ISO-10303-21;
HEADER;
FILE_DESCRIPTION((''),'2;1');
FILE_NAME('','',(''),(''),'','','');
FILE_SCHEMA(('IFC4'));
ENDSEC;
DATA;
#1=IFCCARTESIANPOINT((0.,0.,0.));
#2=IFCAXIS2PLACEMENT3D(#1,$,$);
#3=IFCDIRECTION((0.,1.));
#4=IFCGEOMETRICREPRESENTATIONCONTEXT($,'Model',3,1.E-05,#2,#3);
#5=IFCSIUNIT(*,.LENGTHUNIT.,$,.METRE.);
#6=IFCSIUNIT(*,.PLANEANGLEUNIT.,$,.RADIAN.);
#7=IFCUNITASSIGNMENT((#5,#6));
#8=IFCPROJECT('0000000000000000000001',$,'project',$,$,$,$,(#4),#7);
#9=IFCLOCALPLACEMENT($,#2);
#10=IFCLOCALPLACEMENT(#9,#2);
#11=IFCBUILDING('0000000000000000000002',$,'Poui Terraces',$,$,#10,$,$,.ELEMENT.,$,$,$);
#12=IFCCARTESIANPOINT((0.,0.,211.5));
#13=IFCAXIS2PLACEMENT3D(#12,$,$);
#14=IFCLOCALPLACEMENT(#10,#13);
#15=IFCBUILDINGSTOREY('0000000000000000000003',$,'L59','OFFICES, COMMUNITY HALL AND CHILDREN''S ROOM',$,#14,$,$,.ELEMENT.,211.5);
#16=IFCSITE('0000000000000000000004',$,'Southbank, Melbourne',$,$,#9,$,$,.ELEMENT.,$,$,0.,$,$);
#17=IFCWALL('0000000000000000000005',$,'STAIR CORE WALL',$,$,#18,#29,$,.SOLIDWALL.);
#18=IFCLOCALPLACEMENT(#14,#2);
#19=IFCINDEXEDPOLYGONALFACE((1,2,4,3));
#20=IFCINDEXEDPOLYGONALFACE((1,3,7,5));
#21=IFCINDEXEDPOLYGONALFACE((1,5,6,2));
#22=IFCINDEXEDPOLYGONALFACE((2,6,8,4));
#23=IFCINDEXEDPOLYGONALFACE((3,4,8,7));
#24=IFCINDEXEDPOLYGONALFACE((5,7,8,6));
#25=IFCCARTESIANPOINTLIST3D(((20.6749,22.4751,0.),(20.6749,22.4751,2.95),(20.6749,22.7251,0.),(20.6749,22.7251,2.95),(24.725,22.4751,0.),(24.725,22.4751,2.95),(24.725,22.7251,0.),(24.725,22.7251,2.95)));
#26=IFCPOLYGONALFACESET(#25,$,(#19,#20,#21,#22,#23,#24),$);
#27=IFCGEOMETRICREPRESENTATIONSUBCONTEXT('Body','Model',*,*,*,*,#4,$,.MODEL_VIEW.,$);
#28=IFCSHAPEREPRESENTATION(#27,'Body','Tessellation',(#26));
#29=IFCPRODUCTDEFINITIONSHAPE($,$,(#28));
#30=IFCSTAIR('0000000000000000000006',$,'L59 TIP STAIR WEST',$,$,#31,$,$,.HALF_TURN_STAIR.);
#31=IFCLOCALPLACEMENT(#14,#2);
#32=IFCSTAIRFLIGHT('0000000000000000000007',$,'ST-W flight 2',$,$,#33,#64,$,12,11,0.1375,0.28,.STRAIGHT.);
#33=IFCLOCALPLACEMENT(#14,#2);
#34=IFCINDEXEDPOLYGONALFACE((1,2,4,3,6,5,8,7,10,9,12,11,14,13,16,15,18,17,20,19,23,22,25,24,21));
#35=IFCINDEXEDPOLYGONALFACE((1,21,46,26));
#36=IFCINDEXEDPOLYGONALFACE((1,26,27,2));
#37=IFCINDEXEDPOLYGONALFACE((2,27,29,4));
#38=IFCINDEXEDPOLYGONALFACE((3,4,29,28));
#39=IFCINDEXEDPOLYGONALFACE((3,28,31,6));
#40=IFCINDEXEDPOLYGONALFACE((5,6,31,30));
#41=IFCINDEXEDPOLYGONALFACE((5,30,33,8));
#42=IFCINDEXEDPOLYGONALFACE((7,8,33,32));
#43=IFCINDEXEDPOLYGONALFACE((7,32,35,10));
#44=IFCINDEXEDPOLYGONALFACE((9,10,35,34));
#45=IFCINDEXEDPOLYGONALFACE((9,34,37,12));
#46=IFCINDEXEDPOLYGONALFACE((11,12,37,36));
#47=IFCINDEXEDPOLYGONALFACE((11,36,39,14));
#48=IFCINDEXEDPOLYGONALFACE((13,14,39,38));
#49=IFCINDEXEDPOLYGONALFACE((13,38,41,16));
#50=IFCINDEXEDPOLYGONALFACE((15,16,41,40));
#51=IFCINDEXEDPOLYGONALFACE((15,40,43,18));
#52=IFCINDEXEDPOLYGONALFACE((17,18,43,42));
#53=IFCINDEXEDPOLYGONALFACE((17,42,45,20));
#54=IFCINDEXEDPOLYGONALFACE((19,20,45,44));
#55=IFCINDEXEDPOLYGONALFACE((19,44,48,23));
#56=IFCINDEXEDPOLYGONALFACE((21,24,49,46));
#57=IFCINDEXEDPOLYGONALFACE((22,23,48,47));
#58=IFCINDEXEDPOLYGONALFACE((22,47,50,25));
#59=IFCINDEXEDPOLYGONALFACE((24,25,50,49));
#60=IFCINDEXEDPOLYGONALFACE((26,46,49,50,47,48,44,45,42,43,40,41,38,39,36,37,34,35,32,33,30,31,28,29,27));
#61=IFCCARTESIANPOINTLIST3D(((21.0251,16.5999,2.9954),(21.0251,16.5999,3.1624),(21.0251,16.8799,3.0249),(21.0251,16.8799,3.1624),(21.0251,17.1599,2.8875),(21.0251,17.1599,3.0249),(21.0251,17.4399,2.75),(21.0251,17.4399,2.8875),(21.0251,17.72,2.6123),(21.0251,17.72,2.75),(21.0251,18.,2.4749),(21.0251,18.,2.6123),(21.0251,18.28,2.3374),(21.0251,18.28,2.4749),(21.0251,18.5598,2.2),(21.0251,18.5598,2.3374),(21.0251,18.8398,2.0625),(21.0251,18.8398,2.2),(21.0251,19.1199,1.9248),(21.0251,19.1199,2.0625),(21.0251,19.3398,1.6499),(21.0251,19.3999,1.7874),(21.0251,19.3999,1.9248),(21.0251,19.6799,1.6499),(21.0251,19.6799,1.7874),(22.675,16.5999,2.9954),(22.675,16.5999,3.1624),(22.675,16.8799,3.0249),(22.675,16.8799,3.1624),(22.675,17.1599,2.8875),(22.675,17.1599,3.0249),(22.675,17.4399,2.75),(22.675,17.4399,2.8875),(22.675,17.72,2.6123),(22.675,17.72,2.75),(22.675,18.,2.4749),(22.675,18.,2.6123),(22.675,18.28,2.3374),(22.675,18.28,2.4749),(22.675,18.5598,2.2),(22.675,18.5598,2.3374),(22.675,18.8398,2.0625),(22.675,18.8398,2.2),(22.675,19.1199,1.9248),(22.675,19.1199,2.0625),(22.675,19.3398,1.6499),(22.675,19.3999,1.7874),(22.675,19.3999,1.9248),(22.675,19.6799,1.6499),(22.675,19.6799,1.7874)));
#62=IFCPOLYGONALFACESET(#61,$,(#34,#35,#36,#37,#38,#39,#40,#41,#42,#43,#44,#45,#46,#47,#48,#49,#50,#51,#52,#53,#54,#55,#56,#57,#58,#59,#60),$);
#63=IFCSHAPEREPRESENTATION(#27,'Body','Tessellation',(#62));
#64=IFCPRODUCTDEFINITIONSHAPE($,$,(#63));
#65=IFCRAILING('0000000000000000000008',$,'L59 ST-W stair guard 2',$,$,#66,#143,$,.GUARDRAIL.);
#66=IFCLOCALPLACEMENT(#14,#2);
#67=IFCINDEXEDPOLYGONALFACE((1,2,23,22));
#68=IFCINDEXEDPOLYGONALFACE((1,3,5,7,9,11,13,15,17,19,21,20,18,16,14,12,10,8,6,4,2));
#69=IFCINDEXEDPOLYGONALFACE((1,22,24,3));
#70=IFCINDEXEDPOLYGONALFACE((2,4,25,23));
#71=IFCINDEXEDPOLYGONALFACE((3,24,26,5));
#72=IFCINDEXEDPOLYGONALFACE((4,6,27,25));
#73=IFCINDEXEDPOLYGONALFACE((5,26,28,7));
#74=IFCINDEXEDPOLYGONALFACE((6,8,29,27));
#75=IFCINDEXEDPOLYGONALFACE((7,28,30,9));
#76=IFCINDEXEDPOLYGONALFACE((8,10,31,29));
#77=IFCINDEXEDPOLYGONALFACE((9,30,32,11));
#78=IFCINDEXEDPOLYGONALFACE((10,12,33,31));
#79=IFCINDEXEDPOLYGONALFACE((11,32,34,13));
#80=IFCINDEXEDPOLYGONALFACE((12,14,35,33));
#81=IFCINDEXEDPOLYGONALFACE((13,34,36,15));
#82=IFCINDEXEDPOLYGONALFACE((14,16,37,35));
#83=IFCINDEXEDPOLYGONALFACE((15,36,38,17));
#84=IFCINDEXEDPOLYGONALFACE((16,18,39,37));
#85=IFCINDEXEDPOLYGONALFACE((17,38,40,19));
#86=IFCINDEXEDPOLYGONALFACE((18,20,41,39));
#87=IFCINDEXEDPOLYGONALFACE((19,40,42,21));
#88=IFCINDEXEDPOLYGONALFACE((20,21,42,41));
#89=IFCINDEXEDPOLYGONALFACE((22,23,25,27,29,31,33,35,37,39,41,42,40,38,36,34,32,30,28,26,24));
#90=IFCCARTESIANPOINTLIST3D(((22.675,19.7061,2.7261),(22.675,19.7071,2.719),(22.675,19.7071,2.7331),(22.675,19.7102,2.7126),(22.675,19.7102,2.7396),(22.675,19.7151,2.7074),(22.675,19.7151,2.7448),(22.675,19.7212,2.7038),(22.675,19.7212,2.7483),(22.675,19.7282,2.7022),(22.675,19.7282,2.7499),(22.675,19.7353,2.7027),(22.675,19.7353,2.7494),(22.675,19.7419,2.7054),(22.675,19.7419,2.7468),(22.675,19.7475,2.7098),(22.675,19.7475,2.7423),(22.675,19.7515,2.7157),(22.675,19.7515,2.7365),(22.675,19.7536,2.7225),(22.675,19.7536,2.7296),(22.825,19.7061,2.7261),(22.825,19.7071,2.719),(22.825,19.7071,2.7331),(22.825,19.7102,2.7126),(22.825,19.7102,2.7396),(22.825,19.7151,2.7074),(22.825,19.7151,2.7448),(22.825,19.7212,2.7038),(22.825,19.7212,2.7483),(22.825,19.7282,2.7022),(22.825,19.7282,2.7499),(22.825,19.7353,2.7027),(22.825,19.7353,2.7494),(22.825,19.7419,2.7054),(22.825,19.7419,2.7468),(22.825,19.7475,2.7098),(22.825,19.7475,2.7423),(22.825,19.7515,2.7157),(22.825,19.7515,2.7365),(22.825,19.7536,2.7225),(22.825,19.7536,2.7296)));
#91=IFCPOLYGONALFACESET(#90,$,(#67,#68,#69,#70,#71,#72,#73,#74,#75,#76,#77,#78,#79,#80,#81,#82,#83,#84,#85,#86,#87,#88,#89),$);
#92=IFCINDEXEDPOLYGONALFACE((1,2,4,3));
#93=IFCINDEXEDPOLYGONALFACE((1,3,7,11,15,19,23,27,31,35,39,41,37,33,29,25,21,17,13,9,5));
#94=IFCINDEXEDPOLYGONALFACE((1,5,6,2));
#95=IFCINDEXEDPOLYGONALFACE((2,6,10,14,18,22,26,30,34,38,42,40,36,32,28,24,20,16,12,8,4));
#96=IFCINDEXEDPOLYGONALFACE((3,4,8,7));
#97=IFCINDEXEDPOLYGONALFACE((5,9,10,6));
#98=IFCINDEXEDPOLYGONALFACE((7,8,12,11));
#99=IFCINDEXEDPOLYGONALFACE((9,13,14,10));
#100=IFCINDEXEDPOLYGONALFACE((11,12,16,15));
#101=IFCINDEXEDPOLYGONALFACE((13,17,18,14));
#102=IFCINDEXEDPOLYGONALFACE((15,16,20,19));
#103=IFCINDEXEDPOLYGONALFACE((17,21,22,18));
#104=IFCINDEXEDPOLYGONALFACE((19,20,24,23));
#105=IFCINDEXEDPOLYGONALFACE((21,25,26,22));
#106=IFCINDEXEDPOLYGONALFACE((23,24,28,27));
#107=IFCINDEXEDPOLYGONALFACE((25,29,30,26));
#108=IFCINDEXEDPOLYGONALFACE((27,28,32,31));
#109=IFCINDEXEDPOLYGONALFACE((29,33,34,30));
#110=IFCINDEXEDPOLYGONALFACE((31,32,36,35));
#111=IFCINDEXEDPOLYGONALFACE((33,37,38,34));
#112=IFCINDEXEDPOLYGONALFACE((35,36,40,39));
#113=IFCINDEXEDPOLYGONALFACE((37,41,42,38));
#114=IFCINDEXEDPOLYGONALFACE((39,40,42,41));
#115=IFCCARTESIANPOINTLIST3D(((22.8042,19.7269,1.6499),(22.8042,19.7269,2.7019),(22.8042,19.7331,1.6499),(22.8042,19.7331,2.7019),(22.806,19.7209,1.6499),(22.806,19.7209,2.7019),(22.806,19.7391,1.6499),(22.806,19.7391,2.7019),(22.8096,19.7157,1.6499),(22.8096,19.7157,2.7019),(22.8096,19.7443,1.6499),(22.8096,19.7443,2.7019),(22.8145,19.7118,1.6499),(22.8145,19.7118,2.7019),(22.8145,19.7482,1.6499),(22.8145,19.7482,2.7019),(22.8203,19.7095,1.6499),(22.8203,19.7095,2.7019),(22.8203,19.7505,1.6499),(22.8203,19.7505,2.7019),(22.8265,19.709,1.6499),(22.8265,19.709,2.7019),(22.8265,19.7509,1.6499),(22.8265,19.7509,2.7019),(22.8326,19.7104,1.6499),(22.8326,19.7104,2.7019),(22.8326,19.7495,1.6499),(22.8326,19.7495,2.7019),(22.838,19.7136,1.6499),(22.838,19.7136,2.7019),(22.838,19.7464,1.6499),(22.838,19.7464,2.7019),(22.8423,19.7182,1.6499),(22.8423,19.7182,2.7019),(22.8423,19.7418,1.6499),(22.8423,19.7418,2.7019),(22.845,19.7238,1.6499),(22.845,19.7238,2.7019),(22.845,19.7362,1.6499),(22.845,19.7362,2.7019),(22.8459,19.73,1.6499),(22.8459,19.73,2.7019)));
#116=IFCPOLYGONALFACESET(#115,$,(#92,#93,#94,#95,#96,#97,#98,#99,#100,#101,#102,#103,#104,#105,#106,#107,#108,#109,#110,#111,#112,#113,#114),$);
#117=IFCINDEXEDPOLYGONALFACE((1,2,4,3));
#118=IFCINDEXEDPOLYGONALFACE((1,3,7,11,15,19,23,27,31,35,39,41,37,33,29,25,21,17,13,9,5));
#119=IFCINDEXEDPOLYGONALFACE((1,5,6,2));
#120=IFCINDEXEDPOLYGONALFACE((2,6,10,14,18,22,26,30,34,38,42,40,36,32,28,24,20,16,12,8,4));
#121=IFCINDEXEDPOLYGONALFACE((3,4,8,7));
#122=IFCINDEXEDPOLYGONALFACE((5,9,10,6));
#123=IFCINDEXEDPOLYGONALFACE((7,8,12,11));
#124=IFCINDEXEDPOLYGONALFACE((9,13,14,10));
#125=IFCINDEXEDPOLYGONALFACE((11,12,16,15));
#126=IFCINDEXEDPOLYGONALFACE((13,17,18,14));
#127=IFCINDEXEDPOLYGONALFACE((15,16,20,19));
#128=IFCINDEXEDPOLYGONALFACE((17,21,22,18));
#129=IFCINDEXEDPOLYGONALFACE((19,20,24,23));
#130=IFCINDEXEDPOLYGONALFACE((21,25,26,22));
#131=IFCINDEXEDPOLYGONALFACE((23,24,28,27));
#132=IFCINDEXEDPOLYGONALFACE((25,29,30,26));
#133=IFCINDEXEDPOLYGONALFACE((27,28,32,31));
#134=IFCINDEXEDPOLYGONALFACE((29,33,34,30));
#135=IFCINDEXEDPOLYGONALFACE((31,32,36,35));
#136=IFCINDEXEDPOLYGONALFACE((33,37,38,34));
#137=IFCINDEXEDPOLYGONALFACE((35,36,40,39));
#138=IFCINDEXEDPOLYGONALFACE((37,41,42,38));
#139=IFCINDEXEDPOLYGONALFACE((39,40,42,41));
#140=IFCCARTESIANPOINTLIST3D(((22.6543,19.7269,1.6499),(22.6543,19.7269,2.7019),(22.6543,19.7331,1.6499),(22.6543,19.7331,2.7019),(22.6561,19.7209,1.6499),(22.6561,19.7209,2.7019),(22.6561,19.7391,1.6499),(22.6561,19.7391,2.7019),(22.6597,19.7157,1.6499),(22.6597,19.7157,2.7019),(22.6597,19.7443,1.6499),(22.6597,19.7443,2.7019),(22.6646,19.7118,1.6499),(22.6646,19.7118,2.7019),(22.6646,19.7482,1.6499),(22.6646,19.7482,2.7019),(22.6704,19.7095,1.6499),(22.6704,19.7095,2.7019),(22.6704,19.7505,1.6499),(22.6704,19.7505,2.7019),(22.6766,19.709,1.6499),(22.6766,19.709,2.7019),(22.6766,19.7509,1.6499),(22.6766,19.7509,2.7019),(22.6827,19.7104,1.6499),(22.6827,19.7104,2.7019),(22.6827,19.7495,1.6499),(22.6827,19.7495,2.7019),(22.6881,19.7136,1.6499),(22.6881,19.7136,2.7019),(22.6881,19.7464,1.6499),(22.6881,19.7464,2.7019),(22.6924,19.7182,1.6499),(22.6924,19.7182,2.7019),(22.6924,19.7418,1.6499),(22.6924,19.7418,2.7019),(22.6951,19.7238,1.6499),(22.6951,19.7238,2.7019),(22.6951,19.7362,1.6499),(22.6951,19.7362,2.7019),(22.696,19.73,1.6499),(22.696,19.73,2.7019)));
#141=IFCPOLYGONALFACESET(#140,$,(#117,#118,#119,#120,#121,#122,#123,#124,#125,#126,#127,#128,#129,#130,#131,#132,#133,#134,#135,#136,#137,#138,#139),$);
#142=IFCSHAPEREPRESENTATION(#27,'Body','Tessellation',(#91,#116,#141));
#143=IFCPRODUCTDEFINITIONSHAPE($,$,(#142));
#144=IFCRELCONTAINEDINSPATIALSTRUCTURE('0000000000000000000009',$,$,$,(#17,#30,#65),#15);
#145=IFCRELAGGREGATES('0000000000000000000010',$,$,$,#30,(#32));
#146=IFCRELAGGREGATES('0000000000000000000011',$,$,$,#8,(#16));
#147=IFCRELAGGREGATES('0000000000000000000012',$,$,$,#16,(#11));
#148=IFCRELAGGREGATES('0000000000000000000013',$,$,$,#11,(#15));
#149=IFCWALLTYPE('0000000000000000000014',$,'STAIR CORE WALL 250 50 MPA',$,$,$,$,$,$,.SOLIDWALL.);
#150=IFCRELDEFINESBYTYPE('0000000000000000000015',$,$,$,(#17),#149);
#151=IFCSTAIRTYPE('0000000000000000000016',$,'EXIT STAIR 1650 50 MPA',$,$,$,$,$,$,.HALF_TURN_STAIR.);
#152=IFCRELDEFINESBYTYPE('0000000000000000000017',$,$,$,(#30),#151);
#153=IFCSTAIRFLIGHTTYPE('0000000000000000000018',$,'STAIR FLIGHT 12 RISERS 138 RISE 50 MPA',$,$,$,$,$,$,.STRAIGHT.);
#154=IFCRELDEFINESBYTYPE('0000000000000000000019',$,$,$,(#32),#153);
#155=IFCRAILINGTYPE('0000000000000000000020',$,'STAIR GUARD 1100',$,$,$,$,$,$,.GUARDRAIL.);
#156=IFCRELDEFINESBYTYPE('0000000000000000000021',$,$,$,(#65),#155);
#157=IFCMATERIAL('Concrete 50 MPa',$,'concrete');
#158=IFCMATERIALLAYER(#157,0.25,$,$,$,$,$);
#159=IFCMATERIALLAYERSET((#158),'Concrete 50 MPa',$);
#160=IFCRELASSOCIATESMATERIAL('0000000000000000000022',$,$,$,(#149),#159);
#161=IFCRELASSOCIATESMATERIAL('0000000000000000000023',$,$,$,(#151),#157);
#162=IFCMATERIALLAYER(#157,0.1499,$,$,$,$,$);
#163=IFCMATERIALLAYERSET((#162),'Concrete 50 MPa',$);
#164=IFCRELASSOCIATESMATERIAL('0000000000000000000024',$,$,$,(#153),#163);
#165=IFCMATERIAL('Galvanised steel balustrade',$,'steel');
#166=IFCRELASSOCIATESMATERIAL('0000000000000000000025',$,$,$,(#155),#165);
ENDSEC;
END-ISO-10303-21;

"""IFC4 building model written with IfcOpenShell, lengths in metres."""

from ifc_helpers import new_model, si_unit, direction, frame, frame_2d, origin, origin_2d, place, context, subcontext, project, spatial, polyline, rectangle, circle, outline, extrude, material, layer, layer_set, type_object, element, aggregate, save


model = new_model("IFC4")

# Units and contexts
model_context = context("Model", 3, precision=1e-05, world=origin(), true_north=direction((0.0, 1.0)))
body_context = subcontext(model_context, "Body", "Model", "MODEL_VIEW")
ifc_project = project(units=[si_unit("LENGTHUNIT", "METRE"), si_unit("PLANEANGLEUNIT", "RADIAN")], contexts=[model_context])

# Site, building, storey
site_placement = place(None, origin())
site = spatial("IfcSite", under=ifc_project, at=site_placement, Name="Southbank, Melbourne", CompositionType="ELEMENT", RefElevation=0.0)
building_placement = place(site_placement, origin())
building = spatial("IfcBuilding", under=site, at=building_placement, Name="Poui Terraces", CompositionType="ELEMENT")
storey_placement = place(building_placement, frame((0.0, 0.0, 211.5)))
storey = spatial("IfcBuildingStorey", under=building, at=storey_placement, Name="L59", Description="OFFICES, COMMUNITY HALL AND CHILDREN'S ROOM", CompositionType="ELEMENT", Elevation=211.5)

# Wall
ifc_material_1 = material(Name="Concrete 50 MPa", Category="concrete")
ifc_layer_1 = layer(ifc_material_1, 0.25)
ifc_layer_set_1 = layer_set([ifc_layer_1], Name="Concrete 50 MPa")
wall_type = type_object("IfcWallType", Name="STAIR CORE WALL 250 50 MPA", PredefinedType="SOLIDWALL", material=ifc_layer_set_1)
wall_placement = place(storey_placement, frame((20.675, 22.6001, 0.0), z_axis=(0.0, 0.0, 1.0), x_axis=(1.0, 0.0, 0.0)))
element("IfcWall", 1, at=wall_placement, inside=storey, type_object=wall_type, Name="STAIR CORE WALL", PredefinedType="SOLIDWALL", context=body_context, shape_type="SweptSolid", body=[
    extrude(rectangle(XDim=4.05, YDim=0.25, at=frame_2d((2.0249, 0.0))), origin(), (0.0, 0.0, 1.0), 2.95),
])

# Stair, stair flight
stair_type = type_object("IfcStairType", Name="EXIT STAIR 1650 50 MPA", PredefinedType="HALF_TURN_STAIR", material=ifc_material_1)
stair_placement = place(storey_placement, origin())
stair = element("IfcStair", 2, at=stair_placement, inside=storey, type_object=stair_type, Name="L59 TIP STAIR WEST", PredefinedType="HALF_TURN_STAIR")
ifc_layer_2 = layer(ifc_material_1, 0.1499)
ifc_layer_set_2 = layer_set([ifc_layer_2], Name="Concrete 50 MPa")
stair_flight_type = type_object("IfcStairFlightType", Name="STAIR FLIGHT 12 RISERS 138 RISE 50 MPA", PredefinedType="STRAIGHT", material=ifc_layer_set_2)
stair_flight_placement = place(storey_placement, frame((21.8501, 19.6799, 1.6499), z_axis=(0.0, 0.0, 1.0), x_axis=(0.0, -1.0, 0.0)))
stair_flight = element("IfcStairFlight", 3, at=stair_flight_placement, type_object=stair_flight_type, Name="ST-W flight 2", NumberOfRisers=12, NumberOfTreads=11, PredefinedType="STRAIGHT", RiserHeight=0.1375, TreadLength=0.28, context=body_context, shape_type="SweptSolid", body=[
    extrude(outline(polyline([(0.0, 0.0), (0.0, 0.1375), (0.28, 0.1375), (0.28, 0.2749), (0.5601, 0.2749), (0.5601, 0.4126), (0.8401, 0.4126), (0.8401, 0.55), (1.1201, 0.55), (1.1201, 0.6875), (1.3999, 0.6875), (1.3999, 0.825), (1.6799, 0.825), (1.6799, 0.9624), (1.96, 0.9624), (1.96, 1.1001), (2.24, 1.1001), (2.24, 1.2375), (2.52, 1.2375), (2.52, 1.375), (2.8, 1.375), (2.8, 1.5125), (3.0801, 1.5125), (3.0801, 1.6499), (3.0801, 1.3455), (0.3401, 0.0), (0.0, 0.0)])), frame((0.0, 0.825, 0.0), z_axis=(0.0, -1.0, 0.0), x_axis=(1.0, 0.0, 0.0)), (0.0, 0.0, 1.0), 1.6499),
])
aggregate(stair, [stair_flight])

# Railing
ifc_material_2 = material(Name="Galvanised steel balustrade", Category="steel")
railing_type_1 = type_object("IfcRailingType", Name="STAIR GUARD 1100", PredefinedType="GUARDRAIL", material=ifc_material_2)
railing_1_placement = place(storey_placement, frame((22.825, 19.73, 1.6499)))
element("IfcRailing", 4, at=railing_1_placement, inside=storey, type_object=railing_type_1, Name="L59 ST-W stair guard 2", PredefinedType="GUARDRAIL", context=body_context, shape_type="SweptSolid", body=[
    extrude(circle(Radius=0.0239, at=origin_2d()), frame((0.0, 0.0, 1.0762), z_axis=(-1.0, 0.0, 0.0), x_axis=(0.0, -1.0, 0.0)), (0.0, 0.0, 1.0), 0.1499),
    extrude(circle(Radius=0.021, at=origin_2d()), origin(), (0.0, 0.0, 1.0), 1.052),
    extrude(circle(Radius=0.021, at=origin_2d()), frame((-0.1499, 0.0, 0.0)), (0.0, 0.0, 1.0), 1.052),
])

save(model, "model.ifc")
